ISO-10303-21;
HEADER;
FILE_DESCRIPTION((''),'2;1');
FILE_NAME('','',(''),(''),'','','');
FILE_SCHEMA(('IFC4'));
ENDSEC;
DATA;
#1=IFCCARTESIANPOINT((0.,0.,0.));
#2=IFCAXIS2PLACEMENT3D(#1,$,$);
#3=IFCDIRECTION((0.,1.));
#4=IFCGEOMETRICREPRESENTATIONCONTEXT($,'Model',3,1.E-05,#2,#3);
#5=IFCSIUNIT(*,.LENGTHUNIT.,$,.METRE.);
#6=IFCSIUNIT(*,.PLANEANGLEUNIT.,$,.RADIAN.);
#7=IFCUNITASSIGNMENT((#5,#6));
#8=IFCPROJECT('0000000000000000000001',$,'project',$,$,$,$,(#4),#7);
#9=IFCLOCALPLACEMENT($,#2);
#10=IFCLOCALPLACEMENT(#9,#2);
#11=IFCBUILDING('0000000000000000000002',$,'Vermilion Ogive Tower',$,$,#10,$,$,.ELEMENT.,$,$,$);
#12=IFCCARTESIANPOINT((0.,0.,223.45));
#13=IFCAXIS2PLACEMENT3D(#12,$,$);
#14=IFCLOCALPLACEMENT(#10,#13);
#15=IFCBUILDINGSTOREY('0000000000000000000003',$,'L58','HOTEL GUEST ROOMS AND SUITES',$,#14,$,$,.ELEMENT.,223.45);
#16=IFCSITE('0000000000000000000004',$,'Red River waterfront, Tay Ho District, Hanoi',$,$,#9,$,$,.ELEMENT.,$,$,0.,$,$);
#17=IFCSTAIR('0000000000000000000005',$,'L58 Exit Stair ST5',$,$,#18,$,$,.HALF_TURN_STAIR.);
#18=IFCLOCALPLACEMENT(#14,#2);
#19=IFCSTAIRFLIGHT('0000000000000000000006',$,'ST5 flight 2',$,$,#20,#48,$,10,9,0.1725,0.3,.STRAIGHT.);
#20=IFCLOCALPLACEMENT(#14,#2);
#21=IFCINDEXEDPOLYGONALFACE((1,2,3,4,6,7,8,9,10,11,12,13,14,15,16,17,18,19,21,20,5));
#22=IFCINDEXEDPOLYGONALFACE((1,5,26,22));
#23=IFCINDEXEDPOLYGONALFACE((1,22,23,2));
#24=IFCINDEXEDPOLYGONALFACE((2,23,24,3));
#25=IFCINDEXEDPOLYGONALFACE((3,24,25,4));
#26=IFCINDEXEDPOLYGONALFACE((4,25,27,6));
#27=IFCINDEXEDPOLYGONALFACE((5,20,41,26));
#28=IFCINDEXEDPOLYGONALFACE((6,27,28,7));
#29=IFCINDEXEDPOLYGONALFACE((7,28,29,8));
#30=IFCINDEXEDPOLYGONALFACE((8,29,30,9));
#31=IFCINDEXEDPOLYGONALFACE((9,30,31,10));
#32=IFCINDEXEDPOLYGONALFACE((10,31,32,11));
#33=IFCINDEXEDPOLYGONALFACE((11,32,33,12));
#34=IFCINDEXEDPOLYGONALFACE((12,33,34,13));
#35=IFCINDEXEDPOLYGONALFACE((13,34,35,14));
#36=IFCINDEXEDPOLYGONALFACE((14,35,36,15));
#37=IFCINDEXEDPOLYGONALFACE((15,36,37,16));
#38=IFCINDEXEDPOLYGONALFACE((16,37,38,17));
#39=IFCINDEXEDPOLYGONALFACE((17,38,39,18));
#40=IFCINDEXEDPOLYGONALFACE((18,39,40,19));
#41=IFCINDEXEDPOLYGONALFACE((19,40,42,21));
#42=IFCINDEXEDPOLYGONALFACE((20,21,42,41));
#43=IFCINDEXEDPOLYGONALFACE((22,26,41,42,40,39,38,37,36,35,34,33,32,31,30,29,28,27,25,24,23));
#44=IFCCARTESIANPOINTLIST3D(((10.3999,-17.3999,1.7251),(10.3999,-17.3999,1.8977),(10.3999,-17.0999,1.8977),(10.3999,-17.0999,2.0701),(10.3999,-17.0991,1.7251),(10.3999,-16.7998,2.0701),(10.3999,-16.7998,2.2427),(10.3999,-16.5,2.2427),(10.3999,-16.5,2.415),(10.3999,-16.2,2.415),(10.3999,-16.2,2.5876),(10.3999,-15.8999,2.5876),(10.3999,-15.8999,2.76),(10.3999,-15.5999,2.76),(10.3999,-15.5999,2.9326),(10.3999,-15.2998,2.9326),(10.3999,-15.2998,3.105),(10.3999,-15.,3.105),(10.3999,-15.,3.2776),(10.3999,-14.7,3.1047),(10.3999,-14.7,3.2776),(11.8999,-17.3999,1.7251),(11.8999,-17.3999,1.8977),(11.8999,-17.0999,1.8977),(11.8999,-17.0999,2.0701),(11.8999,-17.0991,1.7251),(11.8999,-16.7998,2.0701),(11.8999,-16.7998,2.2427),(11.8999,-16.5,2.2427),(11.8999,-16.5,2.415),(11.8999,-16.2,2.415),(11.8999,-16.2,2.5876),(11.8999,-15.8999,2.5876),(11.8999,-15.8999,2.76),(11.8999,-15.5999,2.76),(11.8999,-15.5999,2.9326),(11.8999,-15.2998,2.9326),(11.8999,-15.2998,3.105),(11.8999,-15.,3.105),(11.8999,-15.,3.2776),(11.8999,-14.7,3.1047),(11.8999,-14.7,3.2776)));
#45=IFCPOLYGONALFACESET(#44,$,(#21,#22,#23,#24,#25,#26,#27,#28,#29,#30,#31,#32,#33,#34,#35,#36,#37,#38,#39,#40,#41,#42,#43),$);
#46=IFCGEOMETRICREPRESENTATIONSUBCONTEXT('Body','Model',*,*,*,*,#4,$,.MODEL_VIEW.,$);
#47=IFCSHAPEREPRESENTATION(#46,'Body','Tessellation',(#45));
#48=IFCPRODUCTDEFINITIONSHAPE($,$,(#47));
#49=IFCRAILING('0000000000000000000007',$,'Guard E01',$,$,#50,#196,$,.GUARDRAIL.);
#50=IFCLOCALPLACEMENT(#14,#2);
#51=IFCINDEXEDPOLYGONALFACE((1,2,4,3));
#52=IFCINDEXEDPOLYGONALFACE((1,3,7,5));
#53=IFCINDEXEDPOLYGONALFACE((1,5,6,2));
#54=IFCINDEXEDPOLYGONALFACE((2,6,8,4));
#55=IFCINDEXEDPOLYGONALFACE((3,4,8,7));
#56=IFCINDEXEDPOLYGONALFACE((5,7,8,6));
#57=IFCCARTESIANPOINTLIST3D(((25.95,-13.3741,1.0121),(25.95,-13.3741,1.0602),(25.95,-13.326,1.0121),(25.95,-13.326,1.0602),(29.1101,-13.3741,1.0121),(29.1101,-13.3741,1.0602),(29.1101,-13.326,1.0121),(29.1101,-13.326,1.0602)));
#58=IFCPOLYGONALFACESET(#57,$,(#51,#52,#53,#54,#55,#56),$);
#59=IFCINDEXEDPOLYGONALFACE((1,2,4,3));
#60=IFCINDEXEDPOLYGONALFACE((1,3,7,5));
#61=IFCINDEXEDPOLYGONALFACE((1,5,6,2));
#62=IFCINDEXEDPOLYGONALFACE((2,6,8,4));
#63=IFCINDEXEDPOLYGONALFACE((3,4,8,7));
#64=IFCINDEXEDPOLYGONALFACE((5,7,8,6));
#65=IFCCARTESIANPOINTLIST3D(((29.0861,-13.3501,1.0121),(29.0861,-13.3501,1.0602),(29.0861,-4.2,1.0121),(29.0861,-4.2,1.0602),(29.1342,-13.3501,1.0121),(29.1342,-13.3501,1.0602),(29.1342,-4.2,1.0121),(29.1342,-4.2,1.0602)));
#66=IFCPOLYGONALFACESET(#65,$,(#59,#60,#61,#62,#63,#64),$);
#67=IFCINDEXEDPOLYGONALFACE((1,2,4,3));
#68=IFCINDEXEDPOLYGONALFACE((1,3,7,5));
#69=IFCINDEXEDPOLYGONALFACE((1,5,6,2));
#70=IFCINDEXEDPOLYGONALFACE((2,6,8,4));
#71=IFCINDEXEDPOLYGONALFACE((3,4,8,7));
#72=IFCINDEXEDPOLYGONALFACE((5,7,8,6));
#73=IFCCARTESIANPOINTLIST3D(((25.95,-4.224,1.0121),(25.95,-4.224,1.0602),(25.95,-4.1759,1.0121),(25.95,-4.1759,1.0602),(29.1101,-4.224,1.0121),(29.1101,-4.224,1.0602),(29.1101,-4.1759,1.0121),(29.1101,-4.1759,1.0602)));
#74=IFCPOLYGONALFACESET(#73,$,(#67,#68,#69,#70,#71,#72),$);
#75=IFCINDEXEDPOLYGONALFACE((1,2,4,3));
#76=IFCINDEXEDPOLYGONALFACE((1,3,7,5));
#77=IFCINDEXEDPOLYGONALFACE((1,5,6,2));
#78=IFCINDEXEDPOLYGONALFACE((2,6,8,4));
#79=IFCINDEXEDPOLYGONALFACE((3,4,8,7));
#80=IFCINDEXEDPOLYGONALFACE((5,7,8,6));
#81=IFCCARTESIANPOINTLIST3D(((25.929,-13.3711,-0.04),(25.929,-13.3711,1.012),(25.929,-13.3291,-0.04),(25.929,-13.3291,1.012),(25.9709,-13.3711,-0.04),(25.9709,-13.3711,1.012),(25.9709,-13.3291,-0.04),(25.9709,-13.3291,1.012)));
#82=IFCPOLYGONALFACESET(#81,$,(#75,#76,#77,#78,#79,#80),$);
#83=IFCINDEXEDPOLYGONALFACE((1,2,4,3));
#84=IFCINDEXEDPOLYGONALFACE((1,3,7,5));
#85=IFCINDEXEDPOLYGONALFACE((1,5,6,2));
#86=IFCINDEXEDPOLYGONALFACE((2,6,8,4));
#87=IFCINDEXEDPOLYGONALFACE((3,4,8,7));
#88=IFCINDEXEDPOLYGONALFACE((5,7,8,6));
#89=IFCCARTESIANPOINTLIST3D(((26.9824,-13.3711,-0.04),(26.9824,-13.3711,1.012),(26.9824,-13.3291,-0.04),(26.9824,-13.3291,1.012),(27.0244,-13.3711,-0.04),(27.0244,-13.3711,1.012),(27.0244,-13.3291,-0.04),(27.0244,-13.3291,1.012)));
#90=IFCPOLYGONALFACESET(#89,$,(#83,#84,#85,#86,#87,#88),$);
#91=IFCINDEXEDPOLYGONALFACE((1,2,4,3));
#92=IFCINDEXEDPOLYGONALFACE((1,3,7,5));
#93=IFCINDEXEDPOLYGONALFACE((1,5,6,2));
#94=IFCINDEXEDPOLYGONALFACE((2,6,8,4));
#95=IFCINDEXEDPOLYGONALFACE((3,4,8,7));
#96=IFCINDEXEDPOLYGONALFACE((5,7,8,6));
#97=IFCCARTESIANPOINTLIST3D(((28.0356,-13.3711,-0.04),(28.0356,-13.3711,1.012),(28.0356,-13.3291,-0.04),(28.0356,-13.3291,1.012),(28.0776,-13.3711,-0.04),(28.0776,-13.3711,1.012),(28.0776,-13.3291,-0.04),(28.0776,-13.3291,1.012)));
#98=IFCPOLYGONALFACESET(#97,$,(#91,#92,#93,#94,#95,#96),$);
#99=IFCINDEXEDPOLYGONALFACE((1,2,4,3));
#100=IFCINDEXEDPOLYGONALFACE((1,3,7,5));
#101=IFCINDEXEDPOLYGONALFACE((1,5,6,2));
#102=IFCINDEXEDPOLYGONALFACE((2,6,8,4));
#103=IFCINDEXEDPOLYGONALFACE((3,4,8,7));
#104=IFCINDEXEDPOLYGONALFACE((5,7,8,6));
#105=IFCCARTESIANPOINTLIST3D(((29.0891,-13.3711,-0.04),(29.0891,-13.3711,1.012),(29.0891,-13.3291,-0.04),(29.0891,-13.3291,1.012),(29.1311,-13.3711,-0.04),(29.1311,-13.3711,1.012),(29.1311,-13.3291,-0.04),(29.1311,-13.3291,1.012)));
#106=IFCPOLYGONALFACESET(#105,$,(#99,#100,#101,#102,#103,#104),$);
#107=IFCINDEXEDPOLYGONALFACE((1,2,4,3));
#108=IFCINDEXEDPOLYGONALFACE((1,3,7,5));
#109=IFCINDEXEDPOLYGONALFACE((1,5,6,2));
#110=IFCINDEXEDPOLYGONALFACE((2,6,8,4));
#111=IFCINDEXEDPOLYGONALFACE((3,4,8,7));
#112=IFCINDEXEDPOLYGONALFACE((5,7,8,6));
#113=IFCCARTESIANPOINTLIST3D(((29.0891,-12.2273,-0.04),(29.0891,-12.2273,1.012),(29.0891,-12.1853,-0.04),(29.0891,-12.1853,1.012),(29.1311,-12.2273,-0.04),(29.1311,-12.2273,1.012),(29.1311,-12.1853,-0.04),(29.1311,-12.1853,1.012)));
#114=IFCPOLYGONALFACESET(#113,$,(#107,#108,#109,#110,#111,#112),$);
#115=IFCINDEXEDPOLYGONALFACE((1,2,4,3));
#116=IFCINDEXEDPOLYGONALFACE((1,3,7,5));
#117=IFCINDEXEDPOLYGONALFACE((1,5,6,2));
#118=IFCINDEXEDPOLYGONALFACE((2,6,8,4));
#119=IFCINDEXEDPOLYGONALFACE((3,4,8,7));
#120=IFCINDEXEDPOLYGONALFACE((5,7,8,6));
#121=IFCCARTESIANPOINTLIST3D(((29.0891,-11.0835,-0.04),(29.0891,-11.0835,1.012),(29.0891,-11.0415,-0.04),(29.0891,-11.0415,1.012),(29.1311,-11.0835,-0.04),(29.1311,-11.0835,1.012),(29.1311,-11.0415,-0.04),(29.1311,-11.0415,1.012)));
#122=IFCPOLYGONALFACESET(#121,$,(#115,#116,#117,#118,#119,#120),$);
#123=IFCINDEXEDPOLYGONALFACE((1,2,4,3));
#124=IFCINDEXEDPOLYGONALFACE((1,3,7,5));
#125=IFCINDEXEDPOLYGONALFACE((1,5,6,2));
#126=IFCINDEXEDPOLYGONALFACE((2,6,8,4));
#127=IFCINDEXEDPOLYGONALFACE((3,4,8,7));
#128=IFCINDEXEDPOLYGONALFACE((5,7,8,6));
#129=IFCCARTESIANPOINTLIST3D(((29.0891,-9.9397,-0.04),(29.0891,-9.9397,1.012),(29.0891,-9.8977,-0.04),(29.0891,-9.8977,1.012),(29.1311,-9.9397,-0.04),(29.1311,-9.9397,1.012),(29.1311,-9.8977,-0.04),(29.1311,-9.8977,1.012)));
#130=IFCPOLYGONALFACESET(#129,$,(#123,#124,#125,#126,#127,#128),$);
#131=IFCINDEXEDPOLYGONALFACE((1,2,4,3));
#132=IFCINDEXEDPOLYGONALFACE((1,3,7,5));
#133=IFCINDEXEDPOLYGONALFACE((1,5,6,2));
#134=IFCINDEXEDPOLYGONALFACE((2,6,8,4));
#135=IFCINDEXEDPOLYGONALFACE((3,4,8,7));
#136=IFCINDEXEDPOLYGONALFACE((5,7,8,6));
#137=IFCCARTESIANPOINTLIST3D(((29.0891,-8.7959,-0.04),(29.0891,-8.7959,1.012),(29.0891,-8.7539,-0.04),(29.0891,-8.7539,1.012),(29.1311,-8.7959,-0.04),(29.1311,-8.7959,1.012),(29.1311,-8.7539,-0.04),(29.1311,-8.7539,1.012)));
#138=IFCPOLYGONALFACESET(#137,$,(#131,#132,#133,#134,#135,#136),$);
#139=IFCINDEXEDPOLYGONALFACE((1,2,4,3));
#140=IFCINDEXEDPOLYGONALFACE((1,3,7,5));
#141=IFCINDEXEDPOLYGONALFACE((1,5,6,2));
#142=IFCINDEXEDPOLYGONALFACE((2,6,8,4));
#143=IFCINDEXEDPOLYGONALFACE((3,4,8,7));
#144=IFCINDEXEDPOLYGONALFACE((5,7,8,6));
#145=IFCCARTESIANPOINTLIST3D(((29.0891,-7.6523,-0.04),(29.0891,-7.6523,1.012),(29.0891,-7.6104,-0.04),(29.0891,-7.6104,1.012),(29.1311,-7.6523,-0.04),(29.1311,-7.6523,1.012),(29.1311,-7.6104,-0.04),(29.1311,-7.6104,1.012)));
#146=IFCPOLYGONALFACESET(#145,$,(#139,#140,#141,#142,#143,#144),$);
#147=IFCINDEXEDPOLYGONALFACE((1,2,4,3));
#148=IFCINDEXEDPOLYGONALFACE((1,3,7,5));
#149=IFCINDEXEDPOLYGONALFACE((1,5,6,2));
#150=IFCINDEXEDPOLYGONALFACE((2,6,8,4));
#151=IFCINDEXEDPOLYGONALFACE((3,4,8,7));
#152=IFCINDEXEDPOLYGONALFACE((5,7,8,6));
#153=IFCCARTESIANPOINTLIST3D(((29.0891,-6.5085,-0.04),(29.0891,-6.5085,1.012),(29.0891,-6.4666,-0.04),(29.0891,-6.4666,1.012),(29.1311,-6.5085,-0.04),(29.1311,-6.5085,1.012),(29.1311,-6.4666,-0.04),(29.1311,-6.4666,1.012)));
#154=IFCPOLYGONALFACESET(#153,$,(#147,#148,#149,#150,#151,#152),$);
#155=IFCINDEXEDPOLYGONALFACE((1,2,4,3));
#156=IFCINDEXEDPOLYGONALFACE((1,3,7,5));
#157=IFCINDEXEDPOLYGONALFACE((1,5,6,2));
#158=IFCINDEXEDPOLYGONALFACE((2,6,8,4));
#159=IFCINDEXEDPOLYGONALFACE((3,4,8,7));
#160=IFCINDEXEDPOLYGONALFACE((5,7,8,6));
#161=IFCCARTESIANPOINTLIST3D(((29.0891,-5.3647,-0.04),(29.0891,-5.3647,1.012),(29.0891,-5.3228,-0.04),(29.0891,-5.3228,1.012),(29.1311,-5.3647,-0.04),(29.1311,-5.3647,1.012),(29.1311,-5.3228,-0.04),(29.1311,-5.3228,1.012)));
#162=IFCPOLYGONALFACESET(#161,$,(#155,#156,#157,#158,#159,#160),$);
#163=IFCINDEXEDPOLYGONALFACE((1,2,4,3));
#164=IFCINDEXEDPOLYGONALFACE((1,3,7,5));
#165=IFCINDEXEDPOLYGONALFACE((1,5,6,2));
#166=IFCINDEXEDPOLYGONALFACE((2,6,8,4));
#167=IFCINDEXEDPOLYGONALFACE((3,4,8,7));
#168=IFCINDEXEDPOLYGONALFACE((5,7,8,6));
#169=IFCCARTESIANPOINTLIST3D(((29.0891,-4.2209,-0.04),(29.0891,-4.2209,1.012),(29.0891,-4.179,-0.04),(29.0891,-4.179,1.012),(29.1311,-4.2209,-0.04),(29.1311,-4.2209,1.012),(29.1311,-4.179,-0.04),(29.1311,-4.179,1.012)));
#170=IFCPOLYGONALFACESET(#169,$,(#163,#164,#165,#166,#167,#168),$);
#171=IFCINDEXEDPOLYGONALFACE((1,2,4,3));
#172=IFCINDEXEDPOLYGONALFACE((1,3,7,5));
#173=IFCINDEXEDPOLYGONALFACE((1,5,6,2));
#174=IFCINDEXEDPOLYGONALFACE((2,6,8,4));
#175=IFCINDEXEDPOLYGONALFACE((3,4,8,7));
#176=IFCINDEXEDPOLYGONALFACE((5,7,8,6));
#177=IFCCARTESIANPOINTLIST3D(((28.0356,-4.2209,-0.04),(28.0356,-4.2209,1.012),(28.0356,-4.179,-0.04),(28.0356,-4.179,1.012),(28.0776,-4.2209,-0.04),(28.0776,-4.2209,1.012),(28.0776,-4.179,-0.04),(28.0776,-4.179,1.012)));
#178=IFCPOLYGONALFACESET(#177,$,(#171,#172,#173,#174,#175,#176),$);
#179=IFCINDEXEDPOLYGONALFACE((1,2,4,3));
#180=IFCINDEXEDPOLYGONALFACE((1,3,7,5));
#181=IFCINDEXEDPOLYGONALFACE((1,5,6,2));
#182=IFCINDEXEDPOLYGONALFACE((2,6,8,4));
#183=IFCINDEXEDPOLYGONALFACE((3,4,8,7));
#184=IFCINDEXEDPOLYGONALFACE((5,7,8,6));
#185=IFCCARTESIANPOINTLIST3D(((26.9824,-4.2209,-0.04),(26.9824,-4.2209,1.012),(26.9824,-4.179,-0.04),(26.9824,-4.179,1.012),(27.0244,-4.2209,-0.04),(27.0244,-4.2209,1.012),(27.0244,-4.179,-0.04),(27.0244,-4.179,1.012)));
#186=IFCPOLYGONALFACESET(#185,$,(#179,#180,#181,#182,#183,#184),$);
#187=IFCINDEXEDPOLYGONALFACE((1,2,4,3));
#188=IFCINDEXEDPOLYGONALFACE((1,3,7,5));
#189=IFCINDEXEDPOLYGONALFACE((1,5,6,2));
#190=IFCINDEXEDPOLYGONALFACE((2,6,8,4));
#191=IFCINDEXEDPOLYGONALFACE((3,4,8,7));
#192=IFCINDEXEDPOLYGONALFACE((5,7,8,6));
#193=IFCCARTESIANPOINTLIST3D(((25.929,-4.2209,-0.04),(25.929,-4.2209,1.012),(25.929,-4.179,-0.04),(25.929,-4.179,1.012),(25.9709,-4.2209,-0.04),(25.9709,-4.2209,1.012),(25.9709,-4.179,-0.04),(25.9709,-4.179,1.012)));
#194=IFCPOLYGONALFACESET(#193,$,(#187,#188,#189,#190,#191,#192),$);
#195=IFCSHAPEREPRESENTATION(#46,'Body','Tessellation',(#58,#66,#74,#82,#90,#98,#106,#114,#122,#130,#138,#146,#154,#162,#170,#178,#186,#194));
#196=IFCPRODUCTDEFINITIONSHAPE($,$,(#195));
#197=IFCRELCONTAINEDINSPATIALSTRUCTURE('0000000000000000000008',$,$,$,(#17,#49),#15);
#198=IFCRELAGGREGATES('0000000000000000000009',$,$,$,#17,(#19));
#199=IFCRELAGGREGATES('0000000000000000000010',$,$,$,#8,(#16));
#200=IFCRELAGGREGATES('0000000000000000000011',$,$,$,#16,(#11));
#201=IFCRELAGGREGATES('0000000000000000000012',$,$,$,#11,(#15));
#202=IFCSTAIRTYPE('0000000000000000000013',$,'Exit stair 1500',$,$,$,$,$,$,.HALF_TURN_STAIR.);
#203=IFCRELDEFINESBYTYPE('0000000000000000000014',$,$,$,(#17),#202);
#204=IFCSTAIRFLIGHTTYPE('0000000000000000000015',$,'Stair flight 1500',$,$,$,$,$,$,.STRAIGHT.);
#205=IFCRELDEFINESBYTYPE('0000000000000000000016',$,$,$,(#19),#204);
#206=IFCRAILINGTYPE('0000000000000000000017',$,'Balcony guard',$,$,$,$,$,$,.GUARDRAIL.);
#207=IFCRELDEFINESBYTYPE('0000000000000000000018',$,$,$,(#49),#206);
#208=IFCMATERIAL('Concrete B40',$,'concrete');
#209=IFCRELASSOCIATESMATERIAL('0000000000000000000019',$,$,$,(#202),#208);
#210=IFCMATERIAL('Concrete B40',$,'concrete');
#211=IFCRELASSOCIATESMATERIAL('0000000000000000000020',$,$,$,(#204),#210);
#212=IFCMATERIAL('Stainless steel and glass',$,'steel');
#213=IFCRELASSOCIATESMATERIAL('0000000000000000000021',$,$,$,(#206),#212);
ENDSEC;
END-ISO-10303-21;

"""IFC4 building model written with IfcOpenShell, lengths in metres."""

from ifc_helpers import new_model, si_unit, direction, frame, origin, origin_2d, place, context, subcontext, project, spatial, polyline, rectangle, outline, extrude, material, type_object, element, aggregate, save


model = new_model("IFC4")

# Units and contexts
model_context = context("Model", 3, precision=1e-05, world=origin(), true_north=direction((0.0, 1.0)))
body_context = subcontext(model_context, "Body", "Model", "MODEL_VIEW")
ifc_project = project(units=[si_unit("LENGTHUNIT", "METRE"), si_unit("PLANEANGLEUNIT", "RADIAN")], contexts=[model_context])

# Site, building, storey
site_placement = place(None, origin())
site = spatial("IfcSite", under=ifc_project, at=site_placement, Name="Red River waterfront, Tay Ho District, Hanoi", CompositionType="ELEMENT", RefElevation=0.0)
building_placement = place(site_placement, origin())
building = spatial("IfcBuilding", under=site, at=building_placement, Name="Vermilion Ogive Tower", CompositionType="ELEMENT")
storey_placement = place(building_placement, frame((0.0, 0.0, 223.45)))
storey = spatial("IfcBuildingStorey", under=building, at=storey_placement, Name="L58", Description="HOTEL GUEST ROOMS AND SUITES", CompositionType="ELEMENT", Elevation=223.45)

# Stair, stair flight
ifc_material_1 = material(Name="Concrete B40", Category="concrete")
stair_type = type_object("IfcStairType", Name="Exit stair 1500", PredefinedType="HALF_TURN_STAIR", material=ifc_material_1)
stair_placement = place(storey_placement, origin())
stair = element("IfcStair", 1, at=stair_placement, inside=storey, type_object=stair_type, Name="L58 Exit Stair ST5", PredefinedType="HALF_TURN_STAIR")
ifc_material_2 = material(Name="Concrete B40", Category="concrete")
stair_flight_type = type_object("IfcStairFlightType", Name="Stair flight 1500", PredefinedType="STRAIGHT", material=ifc_material_2)
stair_flight_1_placement = place(storey_placement, frame((11.1499, -17.3999, 1.7251), z_axis=(0.0, 0.0, 1.0), x_axis=(0.0, 1.0, 0.0)))
stair_flight_1 = element("IfcStairFlight", 2, at=stair_flight_1_placement, type_object=stair_flight_type, Name="ST5 flight 2", NumberOfRisers=10, NumberOfTreads=9, PredefinedType="STRAIGHT", RiserHeight=0.1725, TreadLength=0.3, context=body_context, shape_type="SweptSolid", body=[
    extrude(outline(polyline([(0.0, 0.0), (0.0, 0.1726), (0.3, 0.1726), (0.3, 0.345), (0.6001, 0.345), (0.6001, 0.5176), (0.8999, 0.5176), (0.8999, 0.6899), (1.2, 0.6899), (1.2, 0.8625), (1.5, 0.8625), (1.5, 1.0349), (1.8, 1.0349), (1.8, 1.2075), (2.1001, 1.2075), (2.1001, 1.3799), (2.3999, 1.3799), (2.3999, 1.5525), (2.7, 1.5525), (2.7, 1.7251), (2.7, 1.3796), (0.3008, 0.0), (0.0, 0.0)])), frame((0.0, 0.75, 0.0), z_axis=(0.0, -1.0, 0.0), x_axis=(1.0, 0.0, 0.0)), (0.0, 0.0, 1.0), 1.5),
])
aggregate(stair, [stair_flight_1])

# Railing
ifc_material_3 = material(Name="Stainless steel and glass", Category="steel")
railing_type_1 = type_object("IfcRailingType", Name="Balcony guard", PredefinedType="GUARDRAIL", material=ifc_material_3)
railing_1_placement = place(storey_placement, frame((25.95, -13.3501, -0.04)))
element("IfcRailing", 3, at=railing_1_placement, inside=storey, type_object=railing_type_1, Name="Guard E01", PredefinedType="GUARDRAIL", context=body_context, shape_type="SweptSolid", body=[
    extrude(rectangle(XDim=0.0481, YDim=0.0481, at=origin_2d()), frame((0.0, 0.0, 1.0762), z_axis=(1.0, 0.0, 0.0), x_axis=(0.0, 1.0, 0.0)), (0.0, 0.0, 1.0), 3.1602),
    extrude(rectangle(XDim=0.0481, YDim=0.0481, at=origin_2d()), frame((3.1602, 0.0, 1.0762), z_axis=(0.0, 1.0, 0.0), x_axis=(-1.0, 0.0, 0.0)), (0.0, 0.0, 1.0), 9.1501),
    extrude(rectangle(XDim=0.0481, YDim=0.0481, at=origin_2d()), frame((3.1602, 9.1501, 1.0762), z_axis=(-1.0, 0.0, 0.0), x_axis=(0.0, -1.0, 0.0)), (0.0, 0.0, 1.0), 3.1602),
    extrude(rectangle(XDim=0.042, YDim=0.042, at=origin_2d()), origin(), (0.0, 0.0, 1.0), 1.052),
    extrude(rectangle(XDim=0.042, YDim=0.042, at=origin_2d()), frame((1.0535, 0.0, 0.0)), (0.0, 0.0, 1.0), 1.052),
    extrude(rectangle(XDim=0.042, YDim=0.042, at=origin_2d()), frame((2.1067, 0.0, 0.0)), (0.0, 0.0, 1.0), 1.052),
    extrude(rectangle(XDim=0.042, YDim=0.042, at=origin_2d()), frame((3.1602, 0.0, 0.0)), (0.0, 0.0, 1.0), 1.052),
    extrude(rectangle(XDim=0.042, YDim=0.042, at=origin_2d()), frame((3.1602, 1.1438, 0.0)), (0.0, 0.0, 1.0), 1.052),
    extrude(rectangle(XDim=0.042, YDim=0.042, at=origin_2d()), frame((3.1602, 2.2876, 0.0)), (0.0, 0.0, 1.0), 1.052),
    extrude(rectangle(XDim=0.042, YDim=0.042, at=origin_2d()), frame((3.1602, 3.4314, 0.0)), (0.0, 0.0, 1.0), 1.052),
    extrude(rectangle(XDim=0.042, YDim=0.042, at=origin_2d()), frame((3.1602, 4.5752, 0.0)), (0.0, 0.0, 1.0), 1.052),
    extrude(rectangle(XDim=0.042, YDim=0.042, at=origin_2d()), frame((3.1602, 5.7188, 0.0)), (0.0, 0.0, 1.0), 1.052),
    extrude(rectangle(XDim=0.042, YDim=0.042, at=origin_2d()), frame((3.1602, 6.8625, 0.0)), (0.0, 0.0, 1.0), 1.052),
    extrude(rectangle(XDim=0.042, YDim=0.042, at=origin_2d()), frame((3.1602, 8.0063, 0.0)), (0.0, 0.0, 1.0), 1.052),
    extrude(rectangle(XDim=0.042, YDim=0.042, at=origin_2d()), frame((3.1602, 9.1501, 0.0)), (0.0, 0.0, 1.0), 1.052),
    extrude(rectangle(XDim=0.042, YDim=0.042, at=origin_2d()), frame((2.1067, 9.1501, 0.0)), (0.0, 0.0, 1.0), 1.052),
    extrude(rectangle(XDim=0.042, YDim=0.042, at=origin_2d()), frame((1.0535, 9.1501, 0.0)), (0.0, 0.0, 1.0), 1.052),
    extrude(rectangle(XDim=0.042, YDim=0.042, at=origin_2d()), frame((0.0, 9.1501, 0.0)), (0.0, 0.0, 1.0), 1.052),
])

save(model, "model.ifc")
